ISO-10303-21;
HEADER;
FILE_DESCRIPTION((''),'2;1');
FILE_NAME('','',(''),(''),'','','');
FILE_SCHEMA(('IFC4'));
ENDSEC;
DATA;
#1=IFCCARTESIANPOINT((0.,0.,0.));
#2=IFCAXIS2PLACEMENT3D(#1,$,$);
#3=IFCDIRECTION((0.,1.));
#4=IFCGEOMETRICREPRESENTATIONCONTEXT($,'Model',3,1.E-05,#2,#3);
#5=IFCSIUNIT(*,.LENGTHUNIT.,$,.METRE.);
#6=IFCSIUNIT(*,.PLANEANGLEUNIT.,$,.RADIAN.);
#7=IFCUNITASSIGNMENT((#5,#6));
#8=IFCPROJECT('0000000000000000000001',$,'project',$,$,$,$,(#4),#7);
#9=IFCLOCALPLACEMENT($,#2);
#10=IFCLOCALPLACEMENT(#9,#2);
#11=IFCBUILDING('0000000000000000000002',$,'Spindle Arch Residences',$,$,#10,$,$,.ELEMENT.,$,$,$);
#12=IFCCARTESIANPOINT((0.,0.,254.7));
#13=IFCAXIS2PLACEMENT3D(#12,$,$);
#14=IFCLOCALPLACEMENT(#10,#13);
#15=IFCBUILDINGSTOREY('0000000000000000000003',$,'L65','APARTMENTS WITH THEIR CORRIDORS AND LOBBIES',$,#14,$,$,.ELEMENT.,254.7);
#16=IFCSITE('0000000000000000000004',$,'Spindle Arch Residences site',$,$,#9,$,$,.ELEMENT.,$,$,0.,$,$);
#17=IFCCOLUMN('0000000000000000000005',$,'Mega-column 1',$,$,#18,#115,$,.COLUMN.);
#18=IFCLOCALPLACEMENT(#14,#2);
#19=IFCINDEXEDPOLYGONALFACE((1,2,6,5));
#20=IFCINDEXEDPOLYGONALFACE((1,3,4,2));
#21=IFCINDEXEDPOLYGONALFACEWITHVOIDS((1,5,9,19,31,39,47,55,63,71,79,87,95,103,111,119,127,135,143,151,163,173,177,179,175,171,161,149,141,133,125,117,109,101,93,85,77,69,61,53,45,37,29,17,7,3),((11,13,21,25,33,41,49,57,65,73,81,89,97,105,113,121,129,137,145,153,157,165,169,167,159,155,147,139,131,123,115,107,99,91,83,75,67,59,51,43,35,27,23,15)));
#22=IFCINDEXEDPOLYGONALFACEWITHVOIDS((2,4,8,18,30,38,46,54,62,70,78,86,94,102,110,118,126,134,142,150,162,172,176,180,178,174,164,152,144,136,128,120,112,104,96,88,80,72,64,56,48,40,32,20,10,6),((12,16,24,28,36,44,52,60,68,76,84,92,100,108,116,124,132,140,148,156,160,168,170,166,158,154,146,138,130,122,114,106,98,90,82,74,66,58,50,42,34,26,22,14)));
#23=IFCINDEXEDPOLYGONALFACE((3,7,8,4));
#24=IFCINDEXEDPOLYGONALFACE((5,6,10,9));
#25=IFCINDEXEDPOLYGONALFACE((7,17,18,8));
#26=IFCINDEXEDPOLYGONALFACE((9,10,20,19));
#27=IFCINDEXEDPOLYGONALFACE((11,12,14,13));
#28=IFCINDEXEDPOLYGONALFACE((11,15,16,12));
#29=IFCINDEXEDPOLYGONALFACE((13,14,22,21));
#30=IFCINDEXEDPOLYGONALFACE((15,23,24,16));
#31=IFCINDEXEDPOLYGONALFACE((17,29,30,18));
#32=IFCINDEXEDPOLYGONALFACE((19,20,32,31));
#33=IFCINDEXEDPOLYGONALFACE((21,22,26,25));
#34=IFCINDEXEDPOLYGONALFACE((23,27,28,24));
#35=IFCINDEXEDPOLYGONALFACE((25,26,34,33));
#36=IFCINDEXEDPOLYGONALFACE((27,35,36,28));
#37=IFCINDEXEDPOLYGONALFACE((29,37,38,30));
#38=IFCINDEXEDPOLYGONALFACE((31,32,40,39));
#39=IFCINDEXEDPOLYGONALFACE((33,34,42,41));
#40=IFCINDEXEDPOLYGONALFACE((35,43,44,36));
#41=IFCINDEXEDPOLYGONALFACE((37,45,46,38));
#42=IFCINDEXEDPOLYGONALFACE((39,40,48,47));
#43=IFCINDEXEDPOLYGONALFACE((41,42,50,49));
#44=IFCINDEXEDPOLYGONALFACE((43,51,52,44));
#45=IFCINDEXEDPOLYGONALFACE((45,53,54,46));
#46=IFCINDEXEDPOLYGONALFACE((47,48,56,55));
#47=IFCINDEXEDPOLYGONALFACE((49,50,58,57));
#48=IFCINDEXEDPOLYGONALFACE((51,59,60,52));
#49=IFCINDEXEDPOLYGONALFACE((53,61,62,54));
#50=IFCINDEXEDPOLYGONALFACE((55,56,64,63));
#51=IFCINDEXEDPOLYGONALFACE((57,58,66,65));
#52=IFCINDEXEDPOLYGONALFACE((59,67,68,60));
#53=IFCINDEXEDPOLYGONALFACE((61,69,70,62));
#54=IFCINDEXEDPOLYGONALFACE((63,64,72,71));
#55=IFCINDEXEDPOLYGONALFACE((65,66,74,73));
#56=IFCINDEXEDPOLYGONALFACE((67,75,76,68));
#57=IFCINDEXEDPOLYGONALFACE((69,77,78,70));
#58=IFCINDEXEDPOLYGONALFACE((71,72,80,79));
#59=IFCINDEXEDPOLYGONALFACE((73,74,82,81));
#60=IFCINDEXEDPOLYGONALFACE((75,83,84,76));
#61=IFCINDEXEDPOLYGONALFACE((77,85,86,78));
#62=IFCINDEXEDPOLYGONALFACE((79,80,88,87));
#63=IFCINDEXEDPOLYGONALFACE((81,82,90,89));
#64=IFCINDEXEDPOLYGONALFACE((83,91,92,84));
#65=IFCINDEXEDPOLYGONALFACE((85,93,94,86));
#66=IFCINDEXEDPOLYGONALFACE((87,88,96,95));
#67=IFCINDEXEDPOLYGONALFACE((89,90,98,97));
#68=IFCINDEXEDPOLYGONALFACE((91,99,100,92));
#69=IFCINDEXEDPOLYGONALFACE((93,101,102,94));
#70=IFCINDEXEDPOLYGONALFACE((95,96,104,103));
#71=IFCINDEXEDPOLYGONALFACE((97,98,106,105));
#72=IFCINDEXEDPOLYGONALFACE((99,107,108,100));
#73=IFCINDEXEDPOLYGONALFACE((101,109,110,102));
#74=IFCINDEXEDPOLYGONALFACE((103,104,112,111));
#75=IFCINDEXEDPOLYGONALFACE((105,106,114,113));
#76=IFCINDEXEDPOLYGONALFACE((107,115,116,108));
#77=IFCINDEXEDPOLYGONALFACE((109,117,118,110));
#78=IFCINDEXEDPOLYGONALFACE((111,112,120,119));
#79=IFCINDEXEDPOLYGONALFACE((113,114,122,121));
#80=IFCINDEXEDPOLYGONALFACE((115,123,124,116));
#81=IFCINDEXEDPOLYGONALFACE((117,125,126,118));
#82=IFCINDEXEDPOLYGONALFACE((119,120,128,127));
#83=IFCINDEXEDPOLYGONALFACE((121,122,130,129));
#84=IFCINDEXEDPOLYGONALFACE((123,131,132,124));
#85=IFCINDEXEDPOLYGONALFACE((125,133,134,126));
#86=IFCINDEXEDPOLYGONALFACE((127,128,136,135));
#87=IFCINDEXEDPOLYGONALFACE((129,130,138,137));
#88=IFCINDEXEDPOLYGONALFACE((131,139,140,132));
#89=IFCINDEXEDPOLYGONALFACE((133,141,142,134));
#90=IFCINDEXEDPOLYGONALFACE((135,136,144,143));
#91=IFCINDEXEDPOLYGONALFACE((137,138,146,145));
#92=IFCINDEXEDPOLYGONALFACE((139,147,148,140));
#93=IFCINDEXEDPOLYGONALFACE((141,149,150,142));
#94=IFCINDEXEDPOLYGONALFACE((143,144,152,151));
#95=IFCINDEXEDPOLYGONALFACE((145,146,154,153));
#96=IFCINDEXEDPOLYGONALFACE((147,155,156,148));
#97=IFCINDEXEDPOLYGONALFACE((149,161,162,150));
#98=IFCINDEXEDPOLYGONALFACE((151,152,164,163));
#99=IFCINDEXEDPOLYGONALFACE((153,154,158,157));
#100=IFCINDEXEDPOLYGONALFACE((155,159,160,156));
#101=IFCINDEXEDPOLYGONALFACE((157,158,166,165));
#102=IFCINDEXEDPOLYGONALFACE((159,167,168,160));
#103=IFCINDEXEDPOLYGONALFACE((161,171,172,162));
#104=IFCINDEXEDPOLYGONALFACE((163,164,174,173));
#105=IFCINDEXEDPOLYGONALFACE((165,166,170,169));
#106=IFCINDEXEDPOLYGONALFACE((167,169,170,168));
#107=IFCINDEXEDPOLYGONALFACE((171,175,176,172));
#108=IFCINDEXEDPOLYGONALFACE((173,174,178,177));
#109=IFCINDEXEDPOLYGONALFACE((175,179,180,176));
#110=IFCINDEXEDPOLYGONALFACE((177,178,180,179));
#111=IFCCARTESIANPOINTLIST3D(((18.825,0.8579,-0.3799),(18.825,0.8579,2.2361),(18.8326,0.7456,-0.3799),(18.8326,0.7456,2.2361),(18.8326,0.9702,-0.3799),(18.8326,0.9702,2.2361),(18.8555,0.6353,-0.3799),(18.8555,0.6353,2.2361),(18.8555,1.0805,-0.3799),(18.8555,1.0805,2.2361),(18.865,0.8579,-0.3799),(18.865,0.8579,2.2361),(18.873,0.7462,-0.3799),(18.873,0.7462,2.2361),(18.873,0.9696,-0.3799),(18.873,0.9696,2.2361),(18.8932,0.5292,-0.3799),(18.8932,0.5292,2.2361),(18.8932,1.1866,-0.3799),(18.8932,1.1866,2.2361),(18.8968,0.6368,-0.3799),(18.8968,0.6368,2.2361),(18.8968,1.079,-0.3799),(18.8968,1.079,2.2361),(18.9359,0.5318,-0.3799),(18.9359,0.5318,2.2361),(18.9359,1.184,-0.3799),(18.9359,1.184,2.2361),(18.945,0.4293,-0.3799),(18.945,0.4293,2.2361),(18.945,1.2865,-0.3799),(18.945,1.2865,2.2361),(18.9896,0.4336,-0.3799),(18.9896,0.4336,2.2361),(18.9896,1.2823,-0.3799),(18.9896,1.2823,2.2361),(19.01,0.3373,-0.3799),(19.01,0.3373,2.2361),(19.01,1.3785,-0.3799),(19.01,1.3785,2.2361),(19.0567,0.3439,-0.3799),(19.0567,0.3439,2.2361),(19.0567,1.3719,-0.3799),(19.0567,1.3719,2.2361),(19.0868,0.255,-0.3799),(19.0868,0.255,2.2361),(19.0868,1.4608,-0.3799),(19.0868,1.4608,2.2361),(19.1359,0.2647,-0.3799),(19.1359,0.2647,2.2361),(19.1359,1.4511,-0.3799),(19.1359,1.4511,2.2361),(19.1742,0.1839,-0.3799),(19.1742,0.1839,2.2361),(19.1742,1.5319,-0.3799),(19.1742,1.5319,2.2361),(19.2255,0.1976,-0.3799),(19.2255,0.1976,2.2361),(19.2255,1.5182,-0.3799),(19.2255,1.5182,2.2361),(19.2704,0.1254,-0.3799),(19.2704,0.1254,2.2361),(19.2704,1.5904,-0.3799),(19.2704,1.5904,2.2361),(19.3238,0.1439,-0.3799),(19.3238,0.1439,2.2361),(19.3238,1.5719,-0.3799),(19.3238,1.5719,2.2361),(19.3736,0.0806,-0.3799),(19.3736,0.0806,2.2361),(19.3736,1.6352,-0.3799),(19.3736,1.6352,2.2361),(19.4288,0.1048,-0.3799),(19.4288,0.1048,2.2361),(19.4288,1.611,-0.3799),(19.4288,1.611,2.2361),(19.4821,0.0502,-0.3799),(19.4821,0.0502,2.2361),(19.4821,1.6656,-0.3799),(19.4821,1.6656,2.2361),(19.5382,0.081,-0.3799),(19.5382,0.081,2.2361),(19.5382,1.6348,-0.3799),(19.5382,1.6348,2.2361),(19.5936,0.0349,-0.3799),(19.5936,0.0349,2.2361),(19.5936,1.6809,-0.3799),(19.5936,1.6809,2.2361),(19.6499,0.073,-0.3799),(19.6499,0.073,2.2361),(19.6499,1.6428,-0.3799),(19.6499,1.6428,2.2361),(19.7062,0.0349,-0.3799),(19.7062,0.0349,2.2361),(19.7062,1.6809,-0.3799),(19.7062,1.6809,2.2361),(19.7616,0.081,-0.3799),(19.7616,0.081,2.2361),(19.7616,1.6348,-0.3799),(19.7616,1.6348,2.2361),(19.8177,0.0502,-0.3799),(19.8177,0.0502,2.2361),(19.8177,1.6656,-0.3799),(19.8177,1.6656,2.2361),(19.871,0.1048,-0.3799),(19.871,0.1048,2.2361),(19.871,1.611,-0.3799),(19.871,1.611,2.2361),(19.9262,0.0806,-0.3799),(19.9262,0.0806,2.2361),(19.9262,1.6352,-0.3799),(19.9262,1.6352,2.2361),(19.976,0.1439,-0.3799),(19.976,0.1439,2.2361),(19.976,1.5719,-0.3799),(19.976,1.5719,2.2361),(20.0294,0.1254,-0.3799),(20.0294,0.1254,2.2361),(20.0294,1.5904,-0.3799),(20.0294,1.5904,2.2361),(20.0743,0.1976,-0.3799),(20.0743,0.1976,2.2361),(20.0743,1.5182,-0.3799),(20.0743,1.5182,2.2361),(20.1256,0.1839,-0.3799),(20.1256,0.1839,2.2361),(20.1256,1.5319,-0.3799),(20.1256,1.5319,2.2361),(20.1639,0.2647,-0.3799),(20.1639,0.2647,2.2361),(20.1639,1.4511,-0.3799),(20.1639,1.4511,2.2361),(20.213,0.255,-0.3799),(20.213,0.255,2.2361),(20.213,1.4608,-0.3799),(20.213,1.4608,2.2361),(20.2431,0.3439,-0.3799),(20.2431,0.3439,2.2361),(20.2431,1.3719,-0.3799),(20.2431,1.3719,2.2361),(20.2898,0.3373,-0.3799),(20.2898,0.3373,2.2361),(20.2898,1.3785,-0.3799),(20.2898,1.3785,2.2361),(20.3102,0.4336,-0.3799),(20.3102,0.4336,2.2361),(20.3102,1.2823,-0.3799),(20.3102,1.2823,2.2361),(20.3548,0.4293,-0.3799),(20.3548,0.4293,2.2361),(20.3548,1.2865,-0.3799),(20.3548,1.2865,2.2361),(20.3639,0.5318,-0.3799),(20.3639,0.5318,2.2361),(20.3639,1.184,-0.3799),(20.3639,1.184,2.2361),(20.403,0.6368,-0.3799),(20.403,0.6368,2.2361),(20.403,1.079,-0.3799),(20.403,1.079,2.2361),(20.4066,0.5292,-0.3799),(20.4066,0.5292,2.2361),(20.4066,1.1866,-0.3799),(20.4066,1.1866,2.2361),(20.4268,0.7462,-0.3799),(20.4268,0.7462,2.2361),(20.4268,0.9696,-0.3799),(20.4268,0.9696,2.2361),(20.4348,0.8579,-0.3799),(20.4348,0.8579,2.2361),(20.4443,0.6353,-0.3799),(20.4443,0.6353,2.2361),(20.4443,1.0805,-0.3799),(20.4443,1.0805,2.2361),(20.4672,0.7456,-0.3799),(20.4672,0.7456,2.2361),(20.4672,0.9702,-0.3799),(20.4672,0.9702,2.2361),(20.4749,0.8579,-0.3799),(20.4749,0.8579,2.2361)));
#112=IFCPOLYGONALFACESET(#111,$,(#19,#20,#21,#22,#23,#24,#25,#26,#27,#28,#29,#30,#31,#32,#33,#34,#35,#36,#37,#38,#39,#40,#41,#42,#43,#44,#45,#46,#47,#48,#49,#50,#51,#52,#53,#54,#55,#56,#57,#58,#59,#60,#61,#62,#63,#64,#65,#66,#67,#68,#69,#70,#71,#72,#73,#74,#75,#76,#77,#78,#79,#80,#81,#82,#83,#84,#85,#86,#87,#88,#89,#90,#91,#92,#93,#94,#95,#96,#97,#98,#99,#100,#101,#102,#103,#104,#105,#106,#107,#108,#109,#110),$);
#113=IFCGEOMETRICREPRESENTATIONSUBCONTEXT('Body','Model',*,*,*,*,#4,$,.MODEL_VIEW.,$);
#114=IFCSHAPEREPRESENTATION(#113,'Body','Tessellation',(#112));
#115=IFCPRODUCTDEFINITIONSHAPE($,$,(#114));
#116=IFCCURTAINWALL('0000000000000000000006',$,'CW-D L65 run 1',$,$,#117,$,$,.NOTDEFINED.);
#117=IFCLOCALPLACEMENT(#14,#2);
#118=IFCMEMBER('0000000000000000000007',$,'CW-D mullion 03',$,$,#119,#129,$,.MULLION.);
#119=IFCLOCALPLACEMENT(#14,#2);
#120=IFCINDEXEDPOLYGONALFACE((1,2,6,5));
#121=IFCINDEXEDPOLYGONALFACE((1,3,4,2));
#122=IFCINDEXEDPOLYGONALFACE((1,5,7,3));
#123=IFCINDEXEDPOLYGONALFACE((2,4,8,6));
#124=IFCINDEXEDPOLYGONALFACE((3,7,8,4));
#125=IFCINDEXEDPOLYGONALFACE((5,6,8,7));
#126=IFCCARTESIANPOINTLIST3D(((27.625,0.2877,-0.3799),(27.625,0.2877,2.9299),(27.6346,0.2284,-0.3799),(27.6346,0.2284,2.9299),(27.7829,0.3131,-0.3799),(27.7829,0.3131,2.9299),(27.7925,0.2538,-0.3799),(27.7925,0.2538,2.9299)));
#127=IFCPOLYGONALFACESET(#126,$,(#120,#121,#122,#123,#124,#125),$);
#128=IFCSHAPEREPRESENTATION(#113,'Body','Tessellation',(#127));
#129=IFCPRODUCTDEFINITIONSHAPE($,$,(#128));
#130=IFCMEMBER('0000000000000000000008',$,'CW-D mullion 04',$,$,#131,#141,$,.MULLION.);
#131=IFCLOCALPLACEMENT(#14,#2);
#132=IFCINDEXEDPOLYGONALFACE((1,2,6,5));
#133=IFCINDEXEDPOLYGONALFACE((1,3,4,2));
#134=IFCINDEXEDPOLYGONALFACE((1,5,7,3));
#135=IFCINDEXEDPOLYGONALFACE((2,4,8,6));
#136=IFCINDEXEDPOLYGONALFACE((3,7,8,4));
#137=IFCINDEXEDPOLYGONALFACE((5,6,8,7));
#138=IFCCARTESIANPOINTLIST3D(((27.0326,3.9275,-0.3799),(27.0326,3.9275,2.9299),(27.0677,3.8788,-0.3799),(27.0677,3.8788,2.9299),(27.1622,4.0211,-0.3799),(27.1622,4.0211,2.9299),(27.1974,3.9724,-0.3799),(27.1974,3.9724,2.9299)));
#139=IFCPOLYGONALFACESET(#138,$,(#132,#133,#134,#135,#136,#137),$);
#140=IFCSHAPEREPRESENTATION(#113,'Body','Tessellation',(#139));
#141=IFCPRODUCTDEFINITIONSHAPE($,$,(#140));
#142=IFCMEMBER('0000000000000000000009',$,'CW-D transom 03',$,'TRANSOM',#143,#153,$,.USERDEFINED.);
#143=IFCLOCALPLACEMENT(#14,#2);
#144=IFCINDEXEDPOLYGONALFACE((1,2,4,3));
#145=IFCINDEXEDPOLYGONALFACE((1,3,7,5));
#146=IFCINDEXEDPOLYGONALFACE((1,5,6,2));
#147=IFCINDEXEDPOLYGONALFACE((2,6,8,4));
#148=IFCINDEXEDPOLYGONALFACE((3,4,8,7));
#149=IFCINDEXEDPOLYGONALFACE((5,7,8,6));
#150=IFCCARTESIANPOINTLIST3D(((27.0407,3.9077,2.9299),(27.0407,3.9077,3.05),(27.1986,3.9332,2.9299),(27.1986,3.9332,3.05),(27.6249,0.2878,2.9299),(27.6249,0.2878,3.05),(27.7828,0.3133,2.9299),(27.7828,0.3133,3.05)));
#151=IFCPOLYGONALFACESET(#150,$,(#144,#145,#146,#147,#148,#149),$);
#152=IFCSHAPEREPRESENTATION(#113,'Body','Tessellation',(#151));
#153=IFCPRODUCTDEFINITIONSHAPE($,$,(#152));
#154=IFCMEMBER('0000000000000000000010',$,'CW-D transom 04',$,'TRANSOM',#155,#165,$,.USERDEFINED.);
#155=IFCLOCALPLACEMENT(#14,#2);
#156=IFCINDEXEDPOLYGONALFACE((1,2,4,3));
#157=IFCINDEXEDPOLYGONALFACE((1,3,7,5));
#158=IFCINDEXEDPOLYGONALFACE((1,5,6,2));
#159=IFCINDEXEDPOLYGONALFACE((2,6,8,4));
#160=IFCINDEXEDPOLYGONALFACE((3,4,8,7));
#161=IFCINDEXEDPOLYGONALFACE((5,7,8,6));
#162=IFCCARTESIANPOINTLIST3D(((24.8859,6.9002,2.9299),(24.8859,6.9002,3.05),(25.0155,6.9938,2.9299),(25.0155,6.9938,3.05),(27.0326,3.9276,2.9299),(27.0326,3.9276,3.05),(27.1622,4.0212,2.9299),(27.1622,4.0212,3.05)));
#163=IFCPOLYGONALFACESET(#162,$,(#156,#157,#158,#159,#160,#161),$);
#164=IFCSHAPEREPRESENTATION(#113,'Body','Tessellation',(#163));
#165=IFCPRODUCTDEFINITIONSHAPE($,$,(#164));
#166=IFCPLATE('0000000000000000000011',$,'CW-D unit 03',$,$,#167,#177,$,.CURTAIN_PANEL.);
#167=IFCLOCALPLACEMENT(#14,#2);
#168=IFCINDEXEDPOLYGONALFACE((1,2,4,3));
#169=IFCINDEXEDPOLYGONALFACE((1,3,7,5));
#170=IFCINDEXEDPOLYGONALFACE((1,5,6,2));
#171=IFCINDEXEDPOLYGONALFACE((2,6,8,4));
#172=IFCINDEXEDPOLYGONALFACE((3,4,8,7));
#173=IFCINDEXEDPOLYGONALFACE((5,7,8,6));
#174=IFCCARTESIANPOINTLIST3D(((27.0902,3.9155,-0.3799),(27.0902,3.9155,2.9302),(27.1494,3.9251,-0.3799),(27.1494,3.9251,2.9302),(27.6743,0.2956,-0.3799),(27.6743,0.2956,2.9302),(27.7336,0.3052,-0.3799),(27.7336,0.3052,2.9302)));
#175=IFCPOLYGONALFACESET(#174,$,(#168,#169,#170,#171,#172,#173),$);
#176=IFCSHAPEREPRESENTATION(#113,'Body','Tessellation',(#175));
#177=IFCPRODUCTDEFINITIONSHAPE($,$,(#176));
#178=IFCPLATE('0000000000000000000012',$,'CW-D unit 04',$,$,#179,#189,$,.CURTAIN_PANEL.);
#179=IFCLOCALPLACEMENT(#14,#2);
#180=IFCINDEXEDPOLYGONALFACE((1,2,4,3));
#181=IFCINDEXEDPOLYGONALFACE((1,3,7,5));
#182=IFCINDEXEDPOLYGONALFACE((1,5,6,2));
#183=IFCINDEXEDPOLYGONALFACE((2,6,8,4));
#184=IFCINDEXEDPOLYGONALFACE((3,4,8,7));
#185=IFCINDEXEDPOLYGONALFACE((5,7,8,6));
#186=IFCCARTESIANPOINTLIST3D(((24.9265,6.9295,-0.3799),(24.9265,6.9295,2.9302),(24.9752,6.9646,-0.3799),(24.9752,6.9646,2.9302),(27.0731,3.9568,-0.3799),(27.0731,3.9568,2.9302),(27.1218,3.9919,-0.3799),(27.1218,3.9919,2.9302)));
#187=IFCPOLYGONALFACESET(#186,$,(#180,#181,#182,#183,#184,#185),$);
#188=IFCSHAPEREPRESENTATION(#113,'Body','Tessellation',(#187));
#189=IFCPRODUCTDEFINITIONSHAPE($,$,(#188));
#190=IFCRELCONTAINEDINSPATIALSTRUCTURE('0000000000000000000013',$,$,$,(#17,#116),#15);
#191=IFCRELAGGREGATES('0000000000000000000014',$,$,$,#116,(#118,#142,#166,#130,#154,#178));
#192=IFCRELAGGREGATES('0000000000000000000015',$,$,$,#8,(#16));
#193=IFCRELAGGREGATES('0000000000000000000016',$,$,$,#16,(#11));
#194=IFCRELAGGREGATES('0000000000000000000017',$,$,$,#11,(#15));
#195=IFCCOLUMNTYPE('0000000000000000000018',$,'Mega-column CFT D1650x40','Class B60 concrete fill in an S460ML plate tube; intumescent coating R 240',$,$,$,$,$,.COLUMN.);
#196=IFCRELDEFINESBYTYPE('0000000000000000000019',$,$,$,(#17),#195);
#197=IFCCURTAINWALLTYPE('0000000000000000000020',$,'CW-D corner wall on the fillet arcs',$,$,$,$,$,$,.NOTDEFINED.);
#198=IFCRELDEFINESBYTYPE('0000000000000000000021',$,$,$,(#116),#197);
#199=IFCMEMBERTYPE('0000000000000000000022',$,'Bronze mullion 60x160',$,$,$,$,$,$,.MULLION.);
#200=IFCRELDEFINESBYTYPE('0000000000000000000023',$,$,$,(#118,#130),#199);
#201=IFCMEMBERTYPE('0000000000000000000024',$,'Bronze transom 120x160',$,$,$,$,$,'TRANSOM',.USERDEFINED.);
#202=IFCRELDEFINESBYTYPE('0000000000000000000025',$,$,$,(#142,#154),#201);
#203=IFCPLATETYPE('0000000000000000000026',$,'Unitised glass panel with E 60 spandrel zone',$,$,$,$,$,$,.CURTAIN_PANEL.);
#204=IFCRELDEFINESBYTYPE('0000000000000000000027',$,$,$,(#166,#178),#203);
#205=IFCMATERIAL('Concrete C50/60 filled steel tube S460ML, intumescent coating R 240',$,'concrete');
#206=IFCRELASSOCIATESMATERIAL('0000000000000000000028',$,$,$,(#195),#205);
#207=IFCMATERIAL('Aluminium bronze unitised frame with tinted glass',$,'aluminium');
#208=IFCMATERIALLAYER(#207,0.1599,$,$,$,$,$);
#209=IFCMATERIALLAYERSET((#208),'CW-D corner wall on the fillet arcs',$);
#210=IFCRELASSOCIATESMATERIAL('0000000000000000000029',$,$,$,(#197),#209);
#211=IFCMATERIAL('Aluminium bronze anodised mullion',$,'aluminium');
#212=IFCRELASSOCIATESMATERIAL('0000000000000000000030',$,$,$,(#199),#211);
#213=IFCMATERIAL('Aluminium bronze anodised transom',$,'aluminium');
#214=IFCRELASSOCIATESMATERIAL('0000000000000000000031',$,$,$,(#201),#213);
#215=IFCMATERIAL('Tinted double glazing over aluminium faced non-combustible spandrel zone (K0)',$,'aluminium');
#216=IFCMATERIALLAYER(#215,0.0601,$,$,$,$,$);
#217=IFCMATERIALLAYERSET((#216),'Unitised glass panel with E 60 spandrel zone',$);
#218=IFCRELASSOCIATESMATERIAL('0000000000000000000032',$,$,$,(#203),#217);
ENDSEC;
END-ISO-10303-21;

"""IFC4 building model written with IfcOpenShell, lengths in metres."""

from ifc_helpers import new_model, si_unit, direction, frame, origin, origin_2d, place, context, subcontext, project, spatial, rectangle, hollow_circle, extrude, material, layer, layer_set, material_profile, profile_set, type_object, element, aggregate, save


model = new_model("IFC4")

# Units and contexts
model_context = context("Model", 3, precision=1e-05, world=origin(), true_north=direction((0.0, 1.0)))
body_context = subcontext(model_context, "Body", "Model", "MODEL_VIEW")
ifc_project = project(units=[si_unit("LENGTHUNIT", "METRE"), si_unit("PLANEANGLEUNIT", "RADIAN")], contexts=[model_context])

# Site, building, storey
site_placement = place(None, origin())
site = spatial("IfcSite", under=ifc_project, at=site_placement, Name="Spindle Arch Residences site", CompositionType="ELEMENT", RefElevation=0.0)
building_placement = place(site_placement, origin())
building = spatial("IfcBuilding", under=site, at=building_placement, Name="Spindle Arch Residences", CompositionType="ELEMENT")
storey_placement = place(building_placement, frame((0.0, 0.0, 254.7)))
storey = spatial("IfcBuildingStorey", under=building, at=storey_placement, Name="L65", Description="APARTMENTS WITH THEIR CORRIDORS AND LOBBIES", CompositionType="ELEMENT", Elevation=254.7)

# Column
ifc_material_1 = material(Name="Concrete C50/60 filled steel tube S460ML, intumescent coating R 240", Category="concrete")
ifc_material_profile_1 = material_profile(ifc_material_1, hollow_circle(Radius=0.825, WallThickness=0.04, at=origin_2d()), Name="CFT D1650x40")
ifc_profile_set_1 = profile_set([ifc_material_profile_1], Name="Concrete C50/60 filled steel tube S460ML, intumescent coating R 240")
column_type = type_object("IfcColumnType", Name="Mega-column CFT D1650x40", Description="Class B60 concrete fill in an S460ML plate tube; intumescent coating R 240", PredefinedType="COLUMN", material=ifc_profile_set_1)
column_placement = place(storey_placement, frame((19.6499, 0.8579, -0.3799), z_axis=(0.0, 0.0, 1.0), x_axis=(1.0, 0.0, 0.0)))
element("IfcColumn", 1, at=column_placement, inside=storey, type_object=column_type, Name="Mega-column 1", PredefinedType="COLUMN", context=body_context, shape_type="SweptSolid", body=[
    extrude(hollow_circle(Radius=0.825, WallThickness=0.04, at=origin_2d()), origin(), (0.0, 0.0, 1.0), 2.616),
])

# Curtain wall, members, plates
ifc_material_2 = material(Name="Aluminium bronze unitised frame with tinted glass", Category="aluminium")
ifc_layer_1 = layer(ifc_material_2, 0.1599)
ifc_layer_set_1 = layer_set([ifc_layer_1], Name="CW-D corner wall on the fillet arcs")
curtain_wall_type = type_object("IfcCurtainWallType", Name="CW-D corner wall on the fillet arcs", PredefinedType="NOTDEFINED", material=ifc_layer_set_1)
curtain_wall_placement = place(storey_placement, origin())
curtain_wall = element("IfcCurtainWall", 2, at=curtain_wall_placement, inside=storey, type_object=curtain_wall_type, Name="CW-D L65 run 1", PredefinedType="NOTDEFINED")
ifc_material_3 = material(Name="Aluminium bronze anodised mullion", Category="aluminium")
ifc_material_profile_2 = material_profile(ifc_material_3, rectangle(XDim=0.1599, YDim=0.0601, at=origin_2d()), Name="MU 60x160")
ifc_profile_set_2 = profile_set([ifc_material_profile_2], Name="Aluminium bronze anodised mullion")
member_type_1 = type_object("IfcMemberType", Name="Bronze mullion 60x160", PredefinedType="MULLION", material=ifc_profile_set_2)
member_1_placement = place(storey_placement, frame((27.7087, 0.2708, -0.3799), z_axis=(0.0, 0.0, 1.0), x_axis=(-0.987229, -0.159307, 0.0)))
member_1 = element("IfcMember", 3, at=member_1_placement, type_object=member_type_1, Name="CW-D mullion 03", PredefinedType="MULLION", context=body_context, shape_type="SweptSolid", body=[
    extrude(rectangle(XDim=0.1599, YDim=0.0601, at=origin_2d()), origin(), (0.0, 0.0, 1.0), 3.3098),
])
member_2_placement = place(storey_placement, frame((27.115, 3.95, -0.3799), z_axis=(0.0, 0.0, 1.0), x_axis=(-0.810723, -0.585429, 0.0)))
member_2 = element("IfcMember", 4, at=member_2_placement, type_object=member_type_1, Name="CW-D mullion 04", PredefinedType="MULLION", context=body_context, shape_type="SweptSolid", body=[
    extrude(rectangle(XDim=0.1599, YDim=0.0601, at=origin_2d()), origin(), (0.0, 0.0, 1.0), 3.3098),
])
ifc_material_4 = material(Name="Aluminium bronze anodised transom", Category="aluminium")
ifc_material_profile_3 = material_profile(ifc_material_4, rectangle(XDim=0.1599, YDim=0.1201, at=origin_2d()), Name="TR 120x160")
ifc_profile_set_3 = profile_set([ifc_material_profile_3], Name="Aluminium bronze anodised transom")
member_type_2 = type_object("IfcMemberType", Name="Bronze transom 120x160", ElementType="TRANSOM", PredefinedType="USERDEFINED", material=ifc_profile_set_3)
member_3_placement = place(storey_placement, frame((27.7039, 0.3005, 2.99), z_axis=(-0.159333, 0.987225, 0.0), x_axis=(-0.987225, -0.159333, 0.0)))
member_3 = element("IfcMember", 5, at=member_3_placement, type_object=member_type_2, Name="CW-D transom 03", ObjectType="TRANSOM", PredefinedType="USERDEFINED", context=body_context, shape_type="SweptSolid", body=[
    extrude(rectangle(XDim=0.1599, YDim=0.1201, at=origin_2d()), origin(), (0.0, 0.0, 1.0), 3.6667),
])
member_4_placement = place(storey_placement, frame((27.0974, 3.9744, 2.99), z_axis=(-0.585457, 0.810704, 0.0), x_axis=(-0.810704, -0.585457, 0.0)))
member_4 = element("IfcMember", 6, at=member_4_placement, type_object=member_type_2, Name="CW-D transom 04", ObjectType="TRANSOM", PredefinedType="USERDEFINED", context=body_context, shape_type="SweptSolid", body=[
    extrude(rectangle(XDim=0.1599, YDim=0.1201, at=origin_2d()), origin(), (0.0, 0.0, 1.0), 3.6667),
])
ifc_material_5 = material(Name="Tinted double glazing over aluminium faced non-combustible spandrel zone (K0)", Category="aluminium")
ifc_layer_2 = layer(ifc_material_5, 0.0601)
ifc_layer_set_2 = layer_set([ifc_layer_2], Name="Unitised glass panel with E 60 spandrel zone")
plate_type = type_object("IfcPlateType", Name="Unitised glass panel with E 60 spandrel zone", PredefinedType="CURTAIN_PANEL", material=ifc_layer_set_2)
plate_1_placement = place(storey_placement, frame((27.4119, 2.1104, -0.3799), z_axis=(0.0, 0.0, 1.0), x_axis=(-0.159307, 0.987229, 0.0)))
plate_1 = element("IfcPlate", 7, at=plate_1_placement, type_object=plate_type, Name="CW-D unit 03", PredefinedType="CURTAIN_PANEL", context=body_context, shape_type="SweptSolid", body=[
    extrude(rectangle(XDim=3.6667, YDim=0.0601, at=origin_2d()), origin(), (0.0, 0.0, 1.0), 3.3101),
])
plate_2_placement = place(storey_placement, frame((26.0242, 5.4607, -0.3799), z_axis=(0.0, 0.0, 1.0), x_axis=(-0.585429, 0.810723, 0.0)))
plate_2 = element("IfcPlate", 8, at=plate_2_placement, type_object=plate_type, Name="CW-D unit 04", PredefinedType="CURTAIN_PANEL", context=body_context, shape_type="SweptSolid", body=[
    extrude(rectangle(XDim=3.6667, YDim=0.0601, at=origin_2d()), origin(), (0.0, 0.0, 1.0), 3.3101),
])
aggregate(curtain_wall, [member_1, member_3, plate_1, member_2, member_4, plate_2])

save(model, "model.ifc")
